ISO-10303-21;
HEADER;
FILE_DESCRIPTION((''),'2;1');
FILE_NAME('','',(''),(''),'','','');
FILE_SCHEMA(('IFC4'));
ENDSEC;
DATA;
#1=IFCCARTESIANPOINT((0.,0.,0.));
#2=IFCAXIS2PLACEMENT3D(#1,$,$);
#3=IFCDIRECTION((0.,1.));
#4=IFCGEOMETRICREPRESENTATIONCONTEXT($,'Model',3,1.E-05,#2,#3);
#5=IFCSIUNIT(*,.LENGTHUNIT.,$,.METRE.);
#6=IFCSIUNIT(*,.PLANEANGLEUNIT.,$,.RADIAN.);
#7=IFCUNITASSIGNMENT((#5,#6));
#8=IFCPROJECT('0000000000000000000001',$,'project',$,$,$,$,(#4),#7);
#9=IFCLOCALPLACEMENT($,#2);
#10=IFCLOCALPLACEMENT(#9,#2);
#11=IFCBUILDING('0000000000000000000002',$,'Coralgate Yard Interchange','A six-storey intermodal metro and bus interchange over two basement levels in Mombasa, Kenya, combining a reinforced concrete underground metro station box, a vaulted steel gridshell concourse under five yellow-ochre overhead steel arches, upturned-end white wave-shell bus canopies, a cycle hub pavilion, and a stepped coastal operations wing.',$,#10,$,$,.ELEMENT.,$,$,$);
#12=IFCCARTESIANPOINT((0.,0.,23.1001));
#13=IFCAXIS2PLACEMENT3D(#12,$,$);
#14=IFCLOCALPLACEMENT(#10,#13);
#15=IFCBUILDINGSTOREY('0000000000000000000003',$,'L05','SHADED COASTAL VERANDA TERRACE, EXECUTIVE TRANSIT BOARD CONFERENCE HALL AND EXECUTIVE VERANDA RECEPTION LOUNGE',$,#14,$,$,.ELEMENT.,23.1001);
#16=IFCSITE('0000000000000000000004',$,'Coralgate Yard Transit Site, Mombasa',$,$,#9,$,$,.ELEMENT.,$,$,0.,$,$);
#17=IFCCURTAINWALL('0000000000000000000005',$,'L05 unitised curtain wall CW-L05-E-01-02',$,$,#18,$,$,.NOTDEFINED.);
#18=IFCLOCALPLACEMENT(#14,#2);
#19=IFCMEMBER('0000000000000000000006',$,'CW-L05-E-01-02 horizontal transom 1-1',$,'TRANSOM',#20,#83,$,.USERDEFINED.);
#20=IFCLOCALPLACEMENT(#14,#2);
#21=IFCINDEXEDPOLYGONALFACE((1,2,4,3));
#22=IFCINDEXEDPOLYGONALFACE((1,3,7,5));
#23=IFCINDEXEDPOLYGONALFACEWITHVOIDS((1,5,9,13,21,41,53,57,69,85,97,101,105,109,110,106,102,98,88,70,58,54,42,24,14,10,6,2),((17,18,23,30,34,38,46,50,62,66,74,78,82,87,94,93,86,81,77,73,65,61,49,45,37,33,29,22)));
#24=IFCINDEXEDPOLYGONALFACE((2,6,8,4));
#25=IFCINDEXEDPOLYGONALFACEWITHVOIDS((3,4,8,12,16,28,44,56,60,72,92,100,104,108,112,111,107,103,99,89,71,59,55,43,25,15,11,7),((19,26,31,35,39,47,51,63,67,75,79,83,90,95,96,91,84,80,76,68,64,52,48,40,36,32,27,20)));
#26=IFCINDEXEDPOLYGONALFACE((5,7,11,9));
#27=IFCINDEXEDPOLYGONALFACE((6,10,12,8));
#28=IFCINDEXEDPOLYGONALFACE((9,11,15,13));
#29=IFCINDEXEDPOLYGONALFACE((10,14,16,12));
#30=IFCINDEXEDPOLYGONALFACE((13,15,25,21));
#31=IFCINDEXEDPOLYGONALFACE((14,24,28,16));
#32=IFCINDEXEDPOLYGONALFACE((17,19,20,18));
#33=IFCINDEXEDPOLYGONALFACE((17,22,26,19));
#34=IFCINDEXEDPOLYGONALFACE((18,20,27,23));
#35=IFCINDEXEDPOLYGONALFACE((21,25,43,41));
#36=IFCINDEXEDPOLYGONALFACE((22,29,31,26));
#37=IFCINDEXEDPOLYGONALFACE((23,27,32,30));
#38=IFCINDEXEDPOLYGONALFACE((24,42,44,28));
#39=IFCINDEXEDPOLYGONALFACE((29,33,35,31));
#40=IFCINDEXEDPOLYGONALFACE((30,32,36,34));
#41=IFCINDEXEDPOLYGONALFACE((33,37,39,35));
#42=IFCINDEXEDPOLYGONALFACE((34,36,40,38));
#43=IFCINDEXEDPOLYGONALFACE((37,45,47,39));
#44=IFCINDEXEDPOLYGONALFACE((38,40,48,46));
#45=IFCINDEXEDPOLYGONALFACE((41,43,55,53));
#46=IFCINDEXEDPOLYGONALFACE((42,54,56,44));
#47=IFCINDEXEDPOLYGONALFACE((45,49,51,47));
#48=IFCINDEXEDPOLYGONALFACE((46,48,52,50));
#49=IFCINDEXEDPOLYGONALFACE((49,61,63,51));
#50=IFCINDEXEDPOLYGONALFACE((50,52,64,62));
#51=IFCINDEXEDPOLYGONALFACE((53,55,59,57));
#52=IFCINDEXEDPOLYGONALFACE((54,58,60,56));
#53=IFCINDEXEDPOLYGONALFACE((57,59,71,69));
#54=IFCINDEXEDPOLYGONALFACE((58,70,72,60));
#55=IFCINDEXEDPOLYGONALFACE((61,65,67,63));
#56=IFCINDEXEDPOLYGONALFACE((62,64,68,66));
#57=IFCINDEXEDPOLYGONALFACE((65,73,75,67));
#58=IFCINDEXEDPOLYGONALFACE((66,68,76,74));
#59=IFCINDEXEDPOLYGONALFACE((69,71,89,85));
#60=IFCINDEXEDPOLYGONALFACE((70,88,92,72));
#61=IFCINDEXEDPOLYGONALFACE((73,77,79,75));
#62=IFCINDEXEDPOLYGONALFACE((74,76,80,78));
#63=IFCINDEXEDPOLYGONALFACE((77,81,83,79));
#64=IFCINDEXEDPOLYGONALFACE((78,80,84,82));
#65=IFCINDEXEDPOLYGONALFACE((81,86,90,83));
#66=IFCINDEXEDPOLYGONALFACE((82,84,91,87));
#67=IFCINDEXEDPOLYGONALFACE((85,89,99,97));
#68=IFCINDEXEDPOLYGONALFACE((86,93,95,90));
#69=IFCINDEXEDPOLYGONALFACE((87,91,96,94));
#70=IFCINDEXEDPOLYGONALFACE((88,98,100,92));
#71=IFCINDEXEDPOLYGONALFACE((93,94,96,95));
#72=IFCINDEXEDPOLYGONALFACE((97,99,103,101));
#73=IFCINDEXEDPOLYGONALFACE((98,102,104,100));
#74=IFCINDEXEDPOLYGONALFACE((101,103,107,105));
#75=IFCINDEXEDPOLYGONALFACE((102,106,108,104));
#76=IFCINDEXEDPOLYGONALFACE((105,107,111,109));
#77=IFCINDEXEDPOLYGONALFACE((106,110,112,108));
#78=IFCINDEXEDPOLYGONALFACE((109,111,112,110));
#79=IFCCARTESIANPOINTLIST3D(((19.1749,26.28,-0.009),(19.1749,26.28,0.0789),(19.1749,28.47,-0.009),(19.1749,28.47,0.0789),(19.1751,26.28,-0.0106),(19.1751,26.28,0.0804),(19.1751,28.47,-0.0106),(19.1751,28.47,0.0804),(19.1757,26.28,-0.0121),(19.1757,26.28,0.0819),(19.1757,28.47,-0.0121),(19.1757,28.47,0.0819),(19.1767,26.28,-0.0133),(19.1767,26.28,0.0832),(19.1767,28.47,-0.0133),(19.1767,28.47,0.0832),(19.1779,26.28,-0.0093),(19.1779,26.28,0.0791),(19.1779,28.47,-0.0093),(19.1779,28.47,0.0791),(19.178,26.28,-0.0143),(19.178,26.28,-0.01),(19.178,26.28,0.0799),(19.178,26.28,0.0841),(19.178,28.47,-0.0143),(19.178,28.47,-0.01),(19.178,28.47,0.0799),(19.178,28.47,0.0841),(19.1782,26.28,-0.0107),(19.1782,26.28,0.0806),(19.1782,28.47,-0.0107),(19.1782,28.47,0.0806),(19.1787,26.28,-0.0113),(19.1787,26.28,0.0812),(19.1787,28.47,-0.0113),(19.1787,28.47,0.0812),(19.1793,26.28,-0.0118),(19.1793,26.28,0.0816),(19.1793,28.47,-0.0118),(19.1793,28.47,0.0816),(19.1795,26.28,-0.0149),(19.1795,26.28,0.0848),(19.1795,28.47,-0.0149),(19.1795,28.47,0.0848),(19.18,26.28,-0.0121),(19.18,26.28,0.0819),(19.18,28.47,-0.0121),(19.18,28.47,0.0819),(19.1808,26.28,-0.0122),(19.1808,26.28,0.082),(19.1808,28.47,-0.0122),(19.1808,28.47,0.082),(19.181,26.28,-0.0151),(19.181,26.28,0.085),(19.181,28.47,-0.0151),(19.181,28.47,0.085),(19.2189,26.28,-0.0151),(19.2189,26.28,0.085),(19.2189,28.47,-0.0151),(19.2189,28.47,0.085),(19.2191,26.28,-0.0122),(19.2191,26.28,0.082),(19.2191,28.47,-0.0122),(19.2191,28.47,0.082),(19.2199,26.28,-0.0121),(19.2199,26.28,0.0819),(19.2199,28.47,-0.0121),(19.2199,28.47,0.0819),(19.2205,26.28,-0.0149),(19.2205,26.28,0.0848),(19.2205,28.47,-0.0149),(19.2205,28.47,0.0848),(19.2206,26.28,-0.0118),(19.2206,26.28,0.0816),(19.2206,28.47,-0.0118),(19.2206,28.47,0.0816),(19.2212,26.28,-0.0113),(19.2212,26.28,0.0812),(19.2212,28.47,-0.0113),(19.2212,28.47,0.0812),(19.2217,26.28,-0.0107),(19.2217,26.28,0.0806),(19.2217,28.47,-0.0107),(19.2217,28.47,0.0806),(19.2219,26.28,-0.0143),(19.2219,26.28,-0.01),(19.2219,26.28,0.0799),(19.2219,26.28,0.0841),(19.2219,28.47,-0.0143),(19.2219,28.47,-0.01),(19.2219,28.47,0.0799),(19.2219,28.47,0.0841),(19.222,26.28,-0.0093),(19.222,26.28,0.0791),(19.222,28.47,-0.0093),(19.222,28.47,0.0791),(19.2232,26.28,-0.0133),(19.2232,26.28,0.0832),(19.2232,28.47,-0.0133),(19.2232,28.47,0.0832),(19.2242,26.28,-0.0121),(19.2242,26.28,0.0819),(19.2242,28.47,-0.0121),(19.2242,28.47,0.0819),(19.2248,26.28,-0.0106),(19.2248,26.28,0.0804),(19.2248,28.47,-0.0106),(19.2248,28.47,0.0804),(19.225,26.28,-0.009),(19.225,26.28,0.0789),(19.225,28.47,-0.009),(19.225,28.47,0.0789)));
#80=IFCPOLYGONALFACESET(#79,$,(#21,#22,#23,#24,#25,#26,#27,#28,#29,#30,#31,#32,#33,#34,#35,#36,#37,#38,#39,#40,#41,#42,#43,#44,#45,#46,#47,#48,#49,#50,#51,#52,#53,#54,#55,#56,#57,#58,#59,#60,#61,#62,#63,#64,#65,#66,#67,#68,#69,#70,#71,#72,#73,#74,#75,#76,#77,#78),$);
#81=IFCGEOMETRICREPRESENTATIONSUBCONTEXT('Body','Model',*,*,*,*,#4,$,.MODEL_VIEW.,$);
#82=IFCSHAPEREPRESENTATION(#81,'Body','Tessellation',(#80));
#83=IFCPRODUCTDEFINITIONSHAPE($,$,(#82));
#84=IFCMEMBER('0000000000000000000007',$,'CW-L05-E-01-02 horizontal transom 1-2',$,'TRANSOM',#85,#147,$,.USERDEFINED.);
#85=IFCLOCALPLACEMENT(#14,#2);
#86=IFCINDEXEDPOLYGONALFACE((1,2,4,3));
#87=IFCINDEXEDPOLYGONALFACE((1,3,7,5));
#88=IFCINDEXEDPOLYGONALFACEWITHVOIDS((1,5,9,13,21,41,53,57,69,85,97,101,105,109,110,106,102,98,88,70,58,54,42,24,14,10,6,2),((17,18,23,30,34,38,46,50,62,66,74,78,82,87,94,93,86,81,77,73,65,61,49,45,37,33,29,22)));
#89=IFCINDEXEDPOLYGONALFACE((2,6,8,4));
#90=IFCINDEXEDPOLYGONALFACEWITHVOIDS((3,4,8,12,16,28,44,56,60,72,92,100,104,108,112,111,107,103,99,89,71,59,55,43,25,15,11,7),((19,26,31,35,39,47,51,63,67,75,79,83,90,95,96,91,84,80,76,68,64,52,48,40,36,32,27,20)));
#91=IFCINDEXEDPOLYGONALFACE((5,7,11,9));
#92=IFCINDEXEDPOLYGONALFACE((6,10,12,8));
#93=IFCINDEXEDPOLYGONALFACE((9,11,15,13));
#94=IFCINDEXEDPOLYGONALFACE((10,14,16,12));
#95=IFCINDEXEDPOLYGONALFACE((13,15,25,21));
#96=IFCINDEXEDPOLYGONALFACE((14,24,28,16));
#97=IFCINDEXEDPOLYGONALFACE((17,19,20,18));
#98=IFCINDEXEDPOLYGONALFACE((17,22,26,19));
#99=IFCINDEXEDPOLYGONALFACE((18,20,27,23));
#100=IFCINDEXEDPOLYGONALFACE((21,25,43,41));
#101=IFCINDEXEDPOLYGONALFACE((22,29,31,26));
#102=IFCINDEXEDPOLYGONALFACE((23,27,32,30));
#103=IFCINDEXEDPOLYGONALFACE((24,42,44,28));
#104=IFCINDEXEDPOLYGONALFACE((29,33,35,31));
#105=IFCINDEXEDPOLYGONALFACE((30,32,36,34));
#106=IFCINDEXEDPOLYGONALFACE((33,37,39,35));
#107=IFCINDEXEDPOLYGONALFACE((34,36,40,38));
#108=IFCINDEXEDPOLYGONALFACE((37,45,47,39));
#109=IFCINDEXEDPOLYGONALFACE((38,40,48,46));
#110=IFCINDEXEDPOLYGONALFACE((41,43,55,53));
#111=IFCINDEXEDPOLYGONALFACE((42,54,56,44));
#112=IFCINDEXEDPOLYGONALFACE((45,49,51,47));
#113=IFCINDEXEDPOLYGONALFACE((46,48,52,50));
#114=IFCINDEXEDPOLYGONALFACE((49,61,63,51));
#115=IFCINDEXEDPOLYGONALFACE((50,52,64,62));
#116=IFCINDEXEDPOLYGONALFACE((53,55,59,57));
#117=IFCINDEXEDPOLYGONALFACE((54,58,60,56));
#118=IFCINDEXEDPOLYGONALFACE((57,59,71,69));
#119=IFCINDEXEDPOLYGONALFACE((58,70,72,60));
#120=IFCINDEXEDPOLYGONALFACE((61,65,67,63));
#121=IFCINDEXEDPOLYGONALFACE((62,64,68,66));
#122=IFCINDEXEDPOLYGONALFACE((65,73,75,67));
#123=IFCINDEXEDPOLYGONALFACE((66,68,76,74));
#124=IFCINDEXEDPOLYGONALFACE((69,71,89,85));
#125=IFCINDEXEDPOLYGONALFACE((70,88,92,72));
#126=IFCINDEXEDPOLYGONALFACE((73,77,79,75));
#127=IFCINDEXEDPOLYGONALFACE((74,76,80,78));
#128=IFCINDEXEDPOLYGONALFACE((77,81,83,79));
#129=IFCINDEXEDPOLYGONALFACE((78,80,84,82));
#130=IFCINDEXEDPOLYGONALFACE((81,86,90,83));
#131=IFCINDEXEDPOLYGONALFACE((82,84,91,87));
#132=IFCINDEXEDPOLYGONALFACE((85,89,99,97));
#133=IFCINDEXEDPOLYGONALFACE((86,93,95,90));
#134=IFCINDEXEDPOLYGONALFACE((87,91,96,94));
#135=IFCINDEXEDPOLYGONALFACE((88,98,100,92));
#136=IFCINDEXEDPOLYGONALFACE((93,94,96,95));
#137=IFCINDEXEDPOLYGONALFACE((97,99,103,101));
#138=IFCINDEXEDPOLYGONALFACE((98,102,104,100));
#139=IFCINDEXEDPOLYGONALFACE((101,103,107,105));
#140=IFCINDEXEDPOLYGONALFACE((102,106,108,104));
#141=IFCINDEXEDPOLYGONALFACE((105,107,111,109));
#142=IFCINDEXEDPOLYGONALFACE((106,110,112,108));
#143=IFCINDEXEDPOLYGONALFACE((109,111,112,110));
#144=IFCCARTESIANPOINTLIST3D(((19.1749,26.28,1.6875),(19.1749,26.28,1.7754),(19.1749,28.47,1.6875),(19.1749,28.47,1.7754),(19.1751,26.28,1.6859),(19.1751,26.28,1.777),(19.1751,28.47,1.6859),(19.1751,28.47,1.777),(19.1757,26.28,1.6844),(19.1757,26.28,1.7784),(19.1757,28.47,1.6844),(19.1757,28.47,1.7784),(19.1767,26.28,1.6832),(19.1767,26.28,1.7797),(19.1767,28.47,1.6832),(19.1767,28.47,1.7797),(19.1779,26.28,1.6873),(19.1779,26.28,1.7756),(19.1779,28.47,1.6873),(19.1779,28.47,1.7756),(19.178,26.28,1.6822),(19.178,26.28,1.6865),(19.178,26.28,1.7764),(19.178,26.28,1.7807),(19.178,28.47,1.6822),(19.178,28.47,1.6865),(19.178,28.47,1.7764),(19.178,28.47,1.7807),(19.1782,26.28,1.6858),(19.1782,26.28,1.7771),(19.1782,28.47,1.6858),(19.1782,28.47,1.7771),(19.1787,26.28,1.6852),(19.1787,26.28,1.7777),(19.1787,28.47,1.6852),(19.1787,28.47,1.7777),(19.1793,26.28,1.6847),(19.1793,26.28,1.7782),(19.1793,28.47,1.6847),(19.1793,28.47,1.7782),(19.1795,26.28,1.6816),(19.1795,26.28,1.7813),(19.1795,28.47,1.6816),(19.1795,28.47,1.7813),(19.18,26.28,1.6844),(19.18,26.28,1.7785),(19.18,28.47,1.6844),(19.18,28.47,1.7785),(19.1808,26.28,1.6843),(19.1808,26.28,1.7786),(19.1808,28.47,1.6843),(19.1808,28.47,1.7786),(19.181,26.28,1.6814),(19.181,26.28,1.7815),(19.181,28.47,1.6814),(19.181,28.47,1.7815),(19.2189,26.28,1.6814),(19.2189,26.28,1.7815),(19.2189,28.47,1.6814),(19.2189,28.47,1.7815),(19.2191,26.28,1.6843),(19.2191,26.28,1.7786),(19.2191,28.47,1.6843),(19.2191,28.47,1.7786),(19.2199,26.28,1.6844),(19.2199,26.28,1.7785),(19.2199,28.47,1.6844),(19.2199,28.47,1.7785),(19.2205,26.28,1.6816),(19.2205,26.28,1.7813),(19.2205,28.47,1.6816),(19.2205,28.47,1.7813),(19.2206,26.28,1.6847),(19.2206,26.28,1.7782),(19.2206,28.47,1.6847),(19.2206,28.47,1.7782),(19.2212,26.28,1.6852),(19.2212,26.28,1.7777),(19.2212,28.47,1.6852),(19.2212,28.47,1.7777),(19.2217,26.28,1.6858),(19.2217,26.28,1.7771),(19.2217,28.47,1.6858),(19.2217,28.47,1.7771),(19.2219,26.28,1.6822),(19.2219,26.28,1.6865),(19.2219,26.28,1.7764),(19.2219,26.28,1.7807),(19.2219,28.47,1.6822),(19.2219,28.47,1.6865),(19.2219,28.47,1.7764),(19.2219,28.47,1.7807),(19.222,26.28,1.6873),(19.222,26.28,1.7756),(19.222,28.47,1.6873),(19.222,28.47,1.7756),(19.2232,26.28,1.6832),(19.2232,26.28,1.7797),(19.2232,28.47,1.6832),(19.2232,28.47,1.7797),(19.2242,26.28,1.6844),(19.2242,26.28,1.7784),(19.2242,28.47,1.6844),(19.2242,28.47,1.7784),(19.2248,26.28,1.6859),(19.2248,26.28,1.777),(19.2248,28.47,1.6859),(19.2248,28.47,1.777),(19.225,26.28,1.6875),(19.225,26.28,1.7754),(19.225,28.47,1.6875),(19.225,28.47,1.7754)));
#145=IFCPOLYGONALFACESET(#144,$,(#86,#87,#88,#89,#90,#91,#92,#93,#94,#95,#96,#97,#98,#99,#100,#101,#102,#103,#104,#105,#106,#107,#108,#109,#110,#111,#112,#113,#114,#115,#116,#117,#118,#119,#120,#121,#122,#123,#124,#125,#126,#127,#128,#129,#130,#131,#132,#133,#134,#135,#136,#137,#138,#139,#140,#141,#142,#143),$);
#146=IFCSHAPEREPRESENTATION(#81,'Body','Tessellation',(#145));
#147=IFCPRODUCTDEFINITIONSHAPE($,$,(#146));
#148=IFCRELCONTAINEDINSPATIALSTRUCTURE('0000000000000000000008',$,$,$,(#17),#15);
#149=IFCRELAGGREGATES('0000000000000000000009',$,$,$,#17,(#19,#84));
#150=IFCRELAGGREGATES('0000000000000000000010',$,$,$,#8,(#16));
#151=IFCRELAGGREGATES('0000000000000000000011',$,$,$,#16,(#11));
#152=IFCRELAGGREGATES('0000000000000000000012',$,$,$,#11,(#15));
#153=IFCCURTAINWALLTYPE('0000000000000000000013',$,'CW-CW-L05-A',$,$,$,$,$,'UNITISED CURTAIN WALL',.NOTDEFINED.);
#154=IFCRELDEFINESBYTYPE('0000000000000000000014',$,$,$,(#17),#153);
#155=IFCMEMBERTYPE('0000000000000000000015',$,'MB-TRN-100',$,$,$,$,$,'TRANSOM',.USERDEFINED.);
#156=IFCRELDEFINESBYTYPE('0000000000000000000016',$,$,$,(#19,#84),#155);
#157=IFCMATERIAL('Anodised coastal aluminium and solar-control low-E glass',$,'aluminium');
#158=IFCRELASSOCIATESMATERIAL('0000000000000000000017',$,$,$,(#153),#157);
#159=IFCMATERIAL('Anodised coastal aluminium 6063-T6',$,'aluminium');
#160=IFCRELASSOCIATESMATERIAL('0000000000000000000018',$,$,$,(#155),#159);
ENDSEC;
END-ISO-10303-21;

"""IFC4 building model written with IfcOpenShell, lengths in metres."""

from ifc_helpers import new_model, si_unit, direction, frame, origin, origin_2d, place, context, subcontext, project, spatial, hollow_rectangle, extrude, material, material_profile, profile_set, type_object, element, aggregate, save


model = new_model("IFC4")

# Units and contexts
model_context = context("Model", 3, precision=1e-05, world=origin(), true_north=direction((0.0, 1.0)))
body_context = subcontext(model_context, "Body", "Model", "MODEL_VIEW")
ifc_project = project(units=[si_unit("LENGTHUNIT", "METRE"), si_unit("PLANEANGLEUNIT", "RADIAN")], contexts=[model_context])

# Site, building, storey
site_placement = place(None, origin())
site = spatial("IfcSite", under=ifc_project, at=site_placement, Name="Coralgate Yard Transit Site, Mombasa", CompositionType="ELEMENT", RefElevation=0.0)
building_placement = place(site_placement, origin())
building = spatial("IfcBuilding", under=site, at=building_placement, Name="Coralgate Yard Interchange", Description="A six-storey intermodal metro and bus interchange over two basement levels in Mombasa, Kenya, combining a reinforced concrete underground metro station box, a vaulted steel gridshell concourse under five yellow-ochre overhead steel arches, upturned-end white wave-shell bus canopies, a cycle hub pavilion, and a stepped coastal operations wing.", CompositionType="ELEMENT")
storey_placement = place(building_placement, frame((0.0, 0.0, 23.1001)))
storey = spatial("IfcBuildingStorey", under=building, at=storey_placement, Name="L05", Description="SHADED COASTAL VERANDA TERRACE, EXECUTIVE TRANSIT BOARD CONFERENCE HALL AND EXECUTIVE VERANDA RECEPTION LOUNGE", CompositionType="ELEMENT", Elevation=23.1001)

# Curtain wall, members
ifc_material_1 = material(Name="Anodised coastal aluminium and solar-control low-E glass", Category="aluminium")
curtain_wall_type = type_object("IfcCurtainWallType", Name="CW-CW-L05-A", ElementType="UNITISED CURTAIN WALL", PredefinedType="NOTDEFINED", material=ifc_material_1)
curtain_wall_placement = place(storey_placement, origin())
curtain_wall = element("IfcCurtainWall", 1, at=curtain_wall_placement, inside=storey, type_object=curtain_wall_type, Name="L05 unitised curtain wall CW-L05-E-01-02", PredefinedType="NOTDEFINED")
ifc_material_2 = material(Name="Anodised coastal aluminium 6063-T6", Category="aluminium")
ifc_material_profile_1 = material_profile(ifc_material_2, hollow_rectangle(XDim=0.05, YDim=0.1001, WallThickness=0.0029, InnerFilletRadius=0.0029, OuterFilletRadius=0.0061, at=origin_2d()), Name="ALU 50x100x3")
ifc_profile_set_1 = profile_set([ifc_material_profile_1], Name="Anodised coastal aluminium 6063-T6")
member_type_1 = type_object("IfcMemberType", Name="MB-TRN-100", ElementType="TRANSOM", PredefinedType="USERDEFINED", material=ifc_profile_set_1)
member_1_placement = place(storey_placement, frame((19.2, 28.47, 0.0349), z_axis=(0.0, -1.0, 0.0), x_axis=(1.0, 0.0, 0.0)))
member_1 = element("IfcMember", 2, at=member_1_placement, type_object=member_type_1, Name="CW-L05-E-01-02 horizontal transom 1-1", ObjectType="TRANSOM", PredefinedType="USERDEFINED", context=body_context, shape_type="SweptSolid", body=[
    extrude(hollow_rectangle(XDim=0.05, YDim=0.1001, WallThickness=0.0029, InnerFilletRadius=0.0029, OuterFilletRadius=0.0061, at=origin_2d()), origin(), (0.0, 0.0, 1.0), 2.1899),
])
member_2_placement = place(storey_placement, frame((19.2, 28.47, 1.7314), z_axis=(0.0, -1.0, 0.0), x_axis=(1.0, 0.0, 0.0)))
member_2 = element("IfcMember", 3, at=member_2_placement, type_object=member_type_1, Name="CW-L05-E-01-02 horizontal transom 1-2", ObjectType="TRANSOM", PredefinedType="USERDEFINED", context=body_context, shape_type="SweptSolid", body=[
    extrude(hollow_rectangle(XDim=0.05, YDim=0.1001, WallThickness=0.0029, InnerFilletRadius=0.0029, OuterFilletRadius=0.0061, at=origin_2d()), origin(), (0.0, 0.0, 1.0), 2.1899),
])
aggregate(curtain_wall, [member_1, member_2])

save(model, "model.ifc")
